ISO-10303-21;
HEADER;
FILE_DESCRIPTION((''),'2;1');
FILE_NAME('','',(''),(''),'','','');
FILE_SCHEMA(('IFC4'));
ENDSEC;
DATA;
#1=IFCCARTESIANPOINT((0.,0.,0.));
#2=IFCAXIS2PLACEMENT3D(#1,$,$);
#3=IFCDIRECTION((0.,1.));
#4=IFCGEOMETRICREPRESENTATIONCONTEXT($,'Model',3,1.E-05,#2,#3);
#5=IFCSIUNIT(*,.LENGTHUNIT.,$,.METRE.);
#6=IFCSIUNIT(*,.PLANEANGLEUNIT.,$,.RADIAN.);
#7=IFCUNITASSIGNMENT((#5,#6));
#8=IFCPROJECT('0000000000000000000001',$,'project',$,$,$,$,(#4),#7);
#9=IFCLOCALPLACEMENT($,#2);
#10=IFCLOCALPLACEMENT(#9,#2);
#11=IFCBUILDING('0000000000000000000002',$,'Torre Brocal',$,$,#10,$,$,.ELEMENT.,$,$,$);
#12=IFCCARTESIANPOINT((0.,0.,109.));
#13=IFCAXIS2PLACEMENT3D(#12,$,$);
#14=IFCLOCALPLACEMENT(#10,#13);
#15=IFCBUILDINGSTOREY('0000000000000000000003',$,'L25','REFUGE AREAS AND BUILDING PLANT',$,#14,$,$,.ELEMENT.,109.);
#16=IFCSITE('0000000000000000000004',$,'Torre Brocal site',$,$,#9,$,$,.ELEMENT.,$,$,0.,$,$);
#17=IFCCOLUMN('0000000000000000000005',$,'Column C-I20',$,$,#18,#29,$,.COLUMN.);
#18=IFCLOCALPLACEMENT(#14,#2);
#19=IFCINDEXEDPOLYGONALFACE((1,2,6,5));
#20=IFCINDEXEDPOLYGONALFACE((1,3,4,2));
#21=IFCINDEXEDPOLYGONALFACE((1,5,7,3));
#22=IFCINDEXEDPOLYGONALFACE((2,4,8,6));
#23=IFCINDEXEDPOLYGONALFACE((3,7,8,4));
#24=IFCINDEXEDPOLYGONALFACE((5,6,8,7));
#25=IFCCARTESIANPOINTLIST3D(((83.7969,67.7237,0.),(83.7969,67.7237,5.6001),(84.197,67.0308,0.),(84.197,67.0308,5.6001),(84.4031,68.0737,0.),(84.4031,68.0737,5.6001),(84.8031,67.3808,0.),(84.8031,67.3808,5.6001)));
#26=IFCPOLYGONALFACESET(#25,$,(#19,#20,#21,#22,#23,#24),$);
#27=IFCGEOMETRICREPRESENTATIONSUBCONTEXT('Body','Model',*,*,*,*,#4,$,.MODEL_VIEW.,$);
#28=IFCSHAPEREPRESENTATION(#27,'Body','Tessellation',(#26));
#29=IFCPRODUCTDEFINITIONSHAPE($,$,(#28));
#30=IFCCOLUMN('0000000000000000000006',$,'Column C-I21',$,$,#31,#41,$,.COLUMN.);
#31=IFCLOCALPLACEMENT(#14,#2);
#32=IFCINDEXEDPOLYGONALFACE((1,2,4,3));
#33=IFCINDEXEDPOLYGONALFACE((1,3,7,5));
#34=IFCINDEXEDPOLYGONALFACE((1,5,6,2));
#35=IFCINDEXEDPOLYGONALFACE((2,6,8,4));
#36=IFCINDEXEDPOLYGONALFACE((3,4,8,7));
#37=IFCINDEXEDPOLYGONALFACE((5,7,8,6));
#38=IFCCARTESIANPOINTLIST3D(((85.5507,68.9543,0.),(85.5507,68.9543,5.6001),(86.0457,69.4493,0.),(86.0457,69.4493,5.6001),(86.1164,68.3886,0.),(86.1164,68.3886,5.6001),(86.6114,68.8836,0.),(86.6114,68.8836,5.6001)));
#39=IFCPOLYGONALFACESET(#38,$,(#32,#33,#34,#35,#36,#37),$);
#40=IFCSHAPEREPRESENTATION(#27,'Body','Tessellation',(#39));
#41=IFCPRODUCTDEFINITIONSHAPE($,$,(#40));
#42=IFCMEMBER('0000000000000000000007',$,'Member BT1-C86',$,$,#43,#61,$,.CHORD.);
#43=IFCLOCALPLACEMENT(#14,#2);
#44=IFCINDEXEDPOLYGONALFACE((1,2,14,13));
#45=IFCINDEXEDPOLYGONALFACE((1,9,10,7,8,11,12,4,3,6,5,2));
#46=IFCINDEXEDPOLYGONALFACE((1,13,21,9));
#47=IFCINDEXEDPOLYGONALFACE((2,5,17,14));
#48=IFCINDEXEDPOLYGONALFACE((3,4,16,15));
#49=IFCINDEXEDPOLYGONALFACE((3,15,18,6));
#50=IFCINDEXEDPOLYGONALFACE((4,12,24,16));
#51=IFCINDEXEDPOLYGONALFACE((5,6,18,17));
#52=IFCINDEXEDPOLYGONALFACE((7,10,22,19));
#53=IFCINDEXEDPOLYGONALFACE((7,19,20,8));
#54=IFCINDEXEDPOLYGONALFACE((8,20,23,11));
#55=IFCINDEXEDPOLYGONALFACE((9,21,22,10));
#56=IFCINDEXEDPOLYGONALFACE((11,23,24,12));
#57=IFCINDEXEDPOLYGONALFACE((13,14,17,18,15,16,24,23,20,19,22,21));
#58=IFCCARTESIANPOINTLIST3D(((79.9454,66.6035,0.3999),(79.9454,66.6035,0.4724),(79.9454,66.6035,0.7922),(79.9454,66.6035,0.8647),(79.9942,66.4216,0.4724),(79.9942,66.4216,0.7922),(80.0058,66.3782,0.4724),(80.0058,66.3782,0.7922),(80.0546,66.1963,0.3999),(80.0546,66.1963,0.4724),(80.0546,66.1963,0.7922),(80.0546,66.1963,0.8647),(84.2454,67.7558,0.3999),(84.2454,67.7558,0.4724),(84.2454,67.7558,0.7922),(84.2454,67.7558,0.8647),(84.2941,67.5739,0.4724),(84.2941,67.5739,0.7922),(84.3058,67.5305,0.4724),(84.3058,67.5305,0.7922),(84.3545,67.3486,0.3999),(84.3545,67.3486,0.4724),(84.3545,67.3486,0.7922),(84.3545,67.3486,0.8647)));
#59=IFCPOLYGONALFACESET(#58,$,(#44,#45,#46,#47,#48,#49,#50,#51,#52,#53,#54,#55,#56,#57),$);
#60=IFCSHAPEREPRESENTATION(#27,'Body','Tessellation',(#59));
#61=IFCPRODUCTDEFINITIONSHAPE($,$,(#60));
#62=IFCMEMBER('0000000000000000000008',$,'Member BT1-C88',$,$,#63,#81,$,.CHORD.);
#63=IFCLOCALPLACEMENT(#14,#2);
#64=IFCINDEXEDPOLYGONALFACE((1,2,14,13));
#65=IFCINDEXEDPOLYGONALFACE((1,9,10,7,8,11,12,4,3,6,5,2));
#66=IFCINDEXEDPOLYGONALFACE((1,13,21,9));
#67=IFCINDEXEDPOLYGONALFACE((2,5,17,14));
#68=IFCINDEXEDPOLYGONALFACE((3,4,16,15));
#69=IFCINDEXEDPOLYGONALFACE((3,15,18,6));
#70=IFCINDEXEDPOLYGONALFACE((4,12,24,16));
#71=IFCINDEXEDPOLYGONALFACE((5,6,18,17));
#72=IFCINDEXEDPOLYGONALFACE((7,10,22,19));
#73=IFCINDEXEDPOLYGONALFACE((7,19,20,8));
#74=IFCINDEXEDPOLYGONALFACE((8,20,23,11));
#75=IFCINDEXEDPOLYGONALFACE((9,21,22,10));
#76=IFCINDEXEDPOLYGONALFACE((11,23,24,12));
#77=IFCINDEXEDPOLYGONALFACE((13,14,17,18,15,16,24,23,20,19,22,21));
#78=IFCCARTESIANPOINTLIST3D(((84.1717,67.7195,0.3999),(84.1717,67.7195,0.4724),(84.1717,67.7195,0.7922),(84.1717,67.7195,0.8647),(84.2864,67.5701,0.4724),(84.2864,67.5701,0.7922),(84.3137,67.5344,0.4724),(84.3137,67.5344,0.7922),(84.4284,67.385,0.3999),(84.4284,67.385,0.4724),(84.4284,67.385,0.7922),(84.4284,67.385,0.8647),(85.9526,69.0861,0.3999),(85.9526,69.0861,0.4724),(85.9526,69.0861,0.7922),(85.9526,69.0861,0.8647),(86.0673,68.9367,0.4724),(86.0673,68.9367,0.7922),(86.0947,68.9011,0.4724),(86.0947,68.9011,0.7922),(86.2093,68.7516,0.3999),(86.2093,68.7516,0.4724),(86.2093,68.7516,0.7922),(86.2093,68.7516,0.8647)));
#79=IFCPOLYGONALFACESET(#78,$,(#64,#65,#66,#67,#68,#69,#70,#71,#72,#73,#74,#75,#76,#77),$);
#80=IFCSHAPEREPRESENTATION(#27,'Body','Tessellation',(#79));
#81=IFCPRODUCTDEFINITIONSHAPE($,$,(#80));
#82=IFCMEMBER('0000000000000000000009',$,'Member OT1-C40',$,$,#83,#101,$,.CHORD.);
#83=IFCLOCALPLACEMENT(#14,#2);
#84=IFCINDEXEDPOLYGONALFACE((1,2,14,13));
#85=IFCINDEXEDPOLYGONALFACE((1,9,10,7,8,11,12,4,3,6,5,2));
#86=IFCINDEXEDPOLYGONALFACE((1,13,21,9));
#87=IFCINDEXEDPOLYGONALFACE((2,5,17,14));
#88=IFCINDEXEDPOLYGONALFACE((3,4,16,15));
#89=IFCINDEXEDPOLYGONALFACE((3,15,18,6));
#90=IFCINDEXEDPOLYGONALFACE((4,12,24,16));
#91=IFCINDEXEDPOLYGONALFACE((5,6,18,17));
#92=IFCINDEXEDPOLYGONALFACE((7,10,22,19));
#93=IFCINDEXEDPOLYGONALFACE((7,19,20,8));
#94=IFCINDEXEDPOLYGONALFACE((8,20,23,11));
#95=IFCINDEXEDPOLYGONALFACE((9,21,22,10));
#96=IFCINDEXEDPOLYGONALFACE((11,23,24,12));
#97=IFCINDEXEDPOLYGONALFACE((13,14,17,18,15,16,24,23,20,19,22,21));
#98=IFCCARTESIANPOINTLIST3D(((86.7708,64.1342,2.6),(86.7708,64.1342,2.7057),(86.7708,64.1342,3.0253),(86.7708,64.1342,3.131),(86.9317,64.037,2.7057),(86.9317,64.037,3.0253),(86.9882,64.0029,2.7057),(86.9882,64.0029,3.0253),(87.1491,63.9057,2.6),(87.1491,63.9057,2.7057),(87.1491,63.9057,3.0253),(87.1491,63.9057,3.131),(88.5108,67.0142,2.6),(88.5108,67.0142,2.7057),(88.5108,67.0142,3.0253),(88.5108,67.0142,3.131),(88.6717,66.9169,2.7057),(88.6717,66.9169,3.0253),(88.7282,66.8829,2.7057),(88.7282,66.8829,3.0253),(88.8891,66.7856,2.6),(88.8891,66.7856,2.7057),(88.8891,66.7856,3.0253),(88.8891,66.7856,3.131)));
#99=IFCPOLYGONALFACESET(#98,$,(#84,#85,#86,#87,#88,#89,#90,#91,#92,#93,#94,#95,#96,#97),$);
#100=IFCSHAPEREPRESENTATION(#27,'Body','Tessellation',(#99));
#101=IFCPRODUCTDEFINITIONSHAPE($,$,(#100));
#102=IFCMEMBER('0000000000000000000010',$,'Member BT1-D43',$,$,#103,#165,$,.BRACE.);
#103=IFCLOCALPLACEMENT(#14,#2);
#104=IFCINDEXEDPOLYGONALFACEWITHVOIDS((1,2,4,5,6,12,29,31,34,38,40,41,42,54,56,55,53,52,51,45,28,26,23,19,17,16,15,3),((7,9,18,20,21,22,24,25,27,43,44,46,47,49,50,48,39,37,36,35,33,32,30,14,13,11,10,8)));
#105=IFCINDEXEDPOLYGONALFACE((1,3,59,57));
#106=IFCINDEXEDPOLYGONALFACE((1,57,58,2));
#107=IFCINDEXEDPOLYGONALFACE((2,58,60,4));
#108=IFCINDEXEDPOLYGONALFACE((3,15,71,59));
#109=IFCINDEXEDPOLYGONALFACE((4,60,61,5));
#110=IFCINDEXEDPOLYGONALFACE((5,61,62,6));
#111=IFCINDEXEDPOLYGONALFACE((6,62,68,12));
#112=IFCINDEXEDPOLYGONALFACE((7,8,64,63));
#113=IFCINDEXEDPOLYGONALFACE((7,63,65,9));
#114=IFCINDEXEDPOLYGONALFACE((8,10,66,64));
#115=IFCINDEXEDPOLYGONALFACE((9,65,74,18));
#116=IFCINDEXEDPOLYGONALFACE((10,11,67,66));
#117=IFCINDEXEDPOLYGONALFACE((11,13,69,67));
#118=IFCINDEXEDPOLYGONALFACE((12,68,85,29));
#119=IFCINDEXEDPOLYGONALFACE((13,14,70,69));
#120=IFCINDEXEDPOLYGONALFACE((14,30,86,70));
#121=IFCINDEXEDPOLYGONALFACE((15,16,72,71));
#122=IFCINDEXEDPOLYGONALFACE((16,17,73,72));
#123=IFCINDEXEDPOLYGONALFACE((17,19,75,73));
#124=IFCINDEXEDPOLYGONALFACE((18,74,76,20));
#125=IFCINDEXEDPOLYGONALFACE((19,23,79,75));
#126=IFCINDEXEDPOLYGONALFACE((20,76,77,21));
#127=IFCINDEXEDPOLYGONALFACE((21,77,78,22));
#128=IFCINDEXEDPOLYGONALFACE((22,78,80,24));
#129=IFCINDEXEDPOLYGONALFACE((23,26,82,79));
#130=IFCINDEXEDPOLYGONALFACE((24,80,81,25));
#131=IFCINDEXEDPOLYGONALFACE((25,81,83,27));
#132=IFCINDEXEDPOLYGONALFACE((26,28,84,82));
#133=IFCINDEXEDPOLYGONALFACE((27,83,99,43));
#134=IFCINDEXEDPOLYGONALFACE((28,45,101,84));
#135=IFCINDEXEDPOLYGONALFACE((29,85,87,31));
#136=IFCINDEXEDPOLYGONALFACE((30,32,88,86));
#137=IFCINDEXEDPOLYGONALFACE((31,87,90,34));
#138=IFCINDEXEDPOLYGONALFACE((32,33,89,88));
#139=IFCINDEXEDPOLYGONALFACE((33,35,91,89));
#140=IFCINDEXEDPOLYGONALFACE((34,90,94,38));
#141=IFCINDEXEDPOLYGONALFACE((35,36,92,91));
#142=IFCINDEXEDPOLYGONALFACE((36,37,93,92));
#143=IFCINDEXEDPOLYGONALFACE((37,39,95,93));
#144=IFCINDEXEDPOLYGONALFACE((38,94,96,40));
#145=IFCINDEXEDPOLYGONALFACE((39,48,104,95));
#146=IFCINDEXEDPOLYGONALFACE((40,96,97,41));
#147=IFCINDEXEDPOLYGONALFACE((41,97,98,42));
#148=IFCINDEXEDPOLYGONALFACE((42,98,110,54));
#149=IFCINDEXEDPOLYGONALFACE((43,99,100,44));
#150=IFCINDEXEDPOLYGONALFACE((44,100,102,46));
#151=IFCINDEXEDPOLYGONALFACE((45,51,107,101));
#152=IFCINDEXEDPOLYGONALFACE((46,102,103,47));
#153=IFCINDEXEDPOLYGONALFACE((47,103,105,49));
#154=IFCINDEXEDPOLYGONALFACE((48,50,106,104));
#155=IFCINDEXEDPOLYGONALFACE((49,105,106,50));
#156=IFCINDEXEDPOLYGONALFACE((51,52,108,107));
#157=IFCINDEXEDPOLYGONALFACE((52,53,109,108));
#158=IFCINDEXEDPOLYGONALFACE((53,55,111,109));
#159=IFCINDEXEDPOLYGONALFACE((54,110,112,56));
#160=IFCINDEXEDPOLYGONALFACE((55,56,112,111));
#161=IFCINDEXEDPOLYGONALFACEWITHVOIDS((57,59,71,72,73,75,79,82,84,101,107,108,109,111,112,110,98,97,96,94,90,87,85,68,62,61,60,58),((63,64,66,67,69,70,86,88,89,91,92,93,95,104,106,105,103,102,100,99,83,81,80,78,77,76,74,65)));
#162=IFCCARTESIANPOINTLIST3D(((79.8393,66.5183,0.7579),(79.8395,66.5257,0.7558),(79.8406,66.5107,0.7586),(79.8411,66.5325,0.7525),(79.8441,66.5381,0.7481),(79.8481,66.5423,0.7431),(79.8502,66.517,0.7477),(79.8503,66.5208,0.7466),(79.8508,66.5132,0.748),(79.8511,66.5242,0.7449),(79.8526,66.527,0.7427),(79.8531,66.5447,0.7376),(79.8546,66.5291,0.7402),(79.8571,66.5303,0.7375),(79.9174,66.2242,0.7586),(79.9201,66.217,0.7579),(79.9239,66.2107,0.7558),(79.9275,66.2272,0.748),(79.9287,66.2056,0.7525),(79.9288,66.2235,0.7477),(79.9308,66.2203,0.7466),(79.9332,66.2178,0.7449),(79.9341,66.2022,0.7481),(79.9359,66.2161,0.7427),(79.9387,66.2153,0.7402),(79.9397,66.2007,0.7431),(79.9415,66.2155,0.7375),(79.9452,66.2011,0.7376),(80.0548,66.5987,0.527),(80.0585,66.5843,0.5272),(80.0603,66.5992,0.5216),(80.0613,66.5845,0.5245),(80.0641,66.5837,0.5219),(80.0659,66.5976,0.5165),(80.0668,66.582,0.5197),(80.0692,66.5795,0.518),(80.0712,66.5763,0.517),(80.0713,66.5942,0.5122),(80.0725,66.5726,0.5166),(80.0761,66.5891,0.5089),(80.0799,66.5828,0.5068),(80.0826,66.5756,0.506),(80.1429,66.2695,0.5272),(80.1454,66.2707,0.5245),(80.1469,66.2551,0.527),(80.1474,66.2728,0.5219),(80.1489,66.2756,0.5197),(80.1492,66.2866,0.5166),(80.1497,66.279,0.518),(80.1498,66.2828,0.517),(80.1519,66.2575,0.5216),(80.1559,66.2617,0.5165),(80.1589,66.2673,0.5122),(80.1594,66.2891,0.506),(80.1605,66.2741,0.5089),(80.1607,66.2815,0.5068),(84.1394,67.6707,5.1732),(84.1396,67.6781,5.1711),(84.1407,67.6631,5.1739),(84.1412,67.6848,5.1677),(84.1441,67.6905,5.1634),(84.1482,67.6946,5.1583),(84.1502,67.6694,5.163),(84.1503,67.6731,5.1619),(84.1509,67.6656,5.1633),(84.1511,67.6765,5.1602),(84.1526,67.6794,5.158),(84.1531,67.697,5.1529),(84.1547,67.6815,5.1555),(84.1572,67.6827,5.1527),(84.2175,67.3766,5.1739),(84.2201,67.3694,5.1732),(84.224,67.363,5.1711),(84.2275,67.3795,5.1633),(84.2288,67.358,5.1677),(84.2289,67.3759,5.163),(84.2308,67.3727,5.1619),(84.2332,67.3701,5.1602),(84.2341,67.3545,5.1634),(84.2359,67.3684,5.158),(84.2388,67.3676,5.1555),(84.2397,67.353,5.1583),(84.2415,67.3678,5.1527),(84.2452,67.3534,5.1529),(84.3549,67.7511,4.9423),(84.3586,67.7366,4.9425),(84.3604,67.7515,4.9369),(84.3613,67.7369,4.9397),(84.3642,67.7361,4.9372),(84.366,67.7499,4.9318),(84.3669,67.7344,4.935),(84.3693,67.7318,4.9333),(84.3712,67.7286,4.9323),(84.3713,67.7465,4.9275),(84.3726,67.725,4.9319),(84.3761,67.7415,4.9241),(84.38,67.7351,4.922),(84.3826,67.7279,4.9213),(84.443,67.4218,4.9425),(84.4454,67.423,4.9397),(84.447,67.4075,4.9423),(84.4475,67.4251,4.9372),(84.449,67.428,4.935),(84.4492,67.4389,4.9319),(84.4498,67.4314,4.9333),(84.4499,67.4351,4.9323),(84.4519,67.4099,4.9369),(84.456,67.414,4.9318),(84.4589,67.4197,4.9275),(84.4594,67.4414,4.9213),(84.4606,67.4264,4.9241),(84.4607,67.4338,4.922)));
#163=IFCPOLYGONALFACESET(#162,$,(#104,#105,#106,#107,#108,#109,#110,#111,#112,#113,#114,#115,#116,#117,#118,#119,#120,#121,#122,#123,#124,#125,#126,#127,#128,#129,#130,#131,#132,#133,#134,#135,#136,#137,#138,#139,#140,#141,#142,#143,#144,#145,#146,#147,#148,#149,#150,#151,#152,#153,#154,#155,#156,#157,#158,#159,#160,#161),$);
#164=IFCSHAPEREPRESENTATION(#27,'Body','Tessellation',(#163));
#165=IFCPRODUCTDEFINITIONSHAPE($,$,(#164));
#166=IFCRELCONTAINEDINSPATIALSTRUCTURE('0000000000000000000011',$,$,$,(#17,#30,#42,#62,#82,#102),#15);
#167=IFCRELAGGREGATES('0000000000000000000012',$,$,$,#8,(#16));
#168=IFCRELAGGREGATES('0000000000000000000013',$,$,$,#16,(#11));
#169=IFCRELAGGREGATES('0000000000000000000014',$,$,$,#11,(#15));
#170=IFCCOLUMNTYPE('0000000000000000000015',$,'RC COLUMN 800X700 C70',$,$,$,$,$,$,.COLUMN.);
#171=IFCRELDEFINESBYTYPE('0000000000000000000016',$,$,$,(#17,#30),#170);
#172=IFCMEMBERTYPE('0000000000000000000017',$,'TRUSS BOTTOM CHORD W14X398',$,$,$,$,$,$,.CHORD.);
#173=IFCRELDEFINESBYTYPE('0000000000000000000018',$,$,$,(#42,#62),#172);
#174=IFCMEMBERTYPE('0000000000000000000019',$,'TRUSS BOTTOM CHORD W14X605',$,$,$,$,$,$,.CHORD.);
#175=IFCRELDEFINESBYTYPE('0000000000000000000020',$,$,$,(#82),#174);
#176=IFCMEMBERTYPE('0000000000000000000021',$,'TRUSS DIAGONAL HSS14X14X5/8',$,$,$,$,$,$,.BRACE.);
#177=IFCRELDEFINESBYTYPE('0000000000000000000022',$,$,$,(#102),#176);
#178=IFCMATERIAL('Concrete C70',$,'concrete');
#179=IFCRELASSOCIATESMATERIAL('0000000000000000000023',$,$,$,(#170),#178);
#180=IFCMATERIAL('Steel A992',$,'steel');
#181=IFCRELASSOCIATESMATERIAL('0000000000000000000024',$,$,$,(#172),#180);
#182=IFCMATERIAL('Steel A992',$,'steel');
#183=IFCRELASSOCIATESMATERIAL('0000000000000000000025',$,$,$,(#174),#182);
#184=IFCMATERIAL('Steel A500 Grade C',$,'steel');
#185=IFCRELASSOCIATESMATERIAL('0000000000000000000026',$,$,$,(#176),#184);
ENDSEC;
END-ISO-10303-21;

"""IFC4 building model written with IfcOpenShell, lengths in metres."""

from ifc_helpers import new_model, si_unit, direction, frame, origin, origin_2d, place, context, subcontext, project, spatial, rectangle, hollow_rectangle, i_section, extrude, material, material_profile, profile_set, type_object, element, save


model = new_model("IFC4")

# Units and contexts
model_context = context("Model", 3, precision=1e-05, world=origin(), true_north=direction((0.0, 1.0)))
body_context = subcontext(model_context, "Body", "Model", "MODEL_VIEW")
ifc_project = project(units=[si_unit("LENGTHUNIT", "METRE"), si_unit("PLANEANGLEUNIT", "RADIAN")], contexts=[model_context])

# Site, building, storey
site_placement = place(None, origin())
site = spatial("IfcSite", under=ifc_project, at=site_placement, Name="Torre Brocal site", CompositionType="ELEMENT", RefElevation=0.0)
building_placement = place(site_placement, origin())
building = spatial("IfcBuilding", under=site, at=building_placement, Name="Torre Brocal", CompositionType="ELEMENT")
storey_placement = place(building_placement, frame((0.0, 0.0, 109.0)))
storey = spatial("IfcBuildingStorey", under=building, at=storey_placement, Name="L25", Description="REFUGE AREAS AND BUILDING PLANT", CompositionType="ELEMENT", Elevation=109.0)

# Columns
ifc_material_1 = material(Name="Concrete C70", Category="concrete")
ifc_material_profile_1 = material_profile(ifc_material_1, rectangle(XDim=0.8, YDim=0.7, at=origin_2d()), Name="RC 800X700")
ifc_profile_set_1 = profile_set([ifc_material_profile_1], Name="Concrete C70")
column_type = type_object("IfcColumnType", Name="RC COLUMN 800X700 C70", PredefinedType="COLUMN", material=ifc_profile_set_1)
for number, where, z_axis, x_axis, name in (
    (1, (84.3, 67.5522, 0.0), (0.0, 0.0, 1.0), (0.5, -0.866025, 0.0), "Column C-I20"),
    (2, (86.0811, 68.9189, 0.0), (0.0, 0.0, 1.0), (0.707107, -0.707107, 0.0), "Column C-I21"),
):
    element("IfcColumn", number, at=place(storey_placement, frame(where, z_axis=z_axis, x_axis=x_axis)), inside=storey, type_object=column_type, Name=name, PredefinedType="COLUMN", context=body_context, shape_type="SweptSolid", body=[
        extrude(rectangle(XDim=0.8, YDim=0.7, at=origin_2d()), origin(), (0.0, 0.0, 1.0), 5.6001),
    ])

# Members
ifc_material_2 = material(Name="Steel A992", Category="steel")
ifc_material_profile_2 = material_profile(ifc_material_2, i_section(OverallWidth=0.4216, OverallDepth=0.4648, WebThickness=0.0449, FlangeThickness=0.0725, at=origin_2d()), Name="W14X398")
ifc_profile_set_2 = profile_set([ifc_material_profile_2], Name="Steel A992")
member_type_1 = type_object("IfcMemberType", Name="TRUSS BOTTOM CHORD W14X398", PredefinedType="CHORD", material=ifc_profile_set_2)
member_1_placement = place(storey_placement, frame((80.0, 66.3999, 0.6323), z_axis=(0.965917, 0.25885, 0.0), x_axis=(-0.25885, 0.965917, 0.0)))
element("IfcMember", 3, at=member_1_placement, inside=storey, type_object=member_type_1, Name="Member BT1-C86", PredefinedType="CHORD", context=body_context, shape_type="SweptSolid", body=[
    extrude(i_section(OverallWidth=0.4216, OverallDepth=0.4648, WebThickness=0.0449, FlangeThickness=0.0725, at=origin_2d()), origin(), (0.0, 0.0, 1.0), 4.4517),
])
member_2_placement = place(storey_placement, frame((84.3, 67.5522, 0.6323), z_axis=(0.793335, 0.608785, 0.0), x_axis=(-0.608785, 0.793335, 0.0)))
element("IfcMember", 4, at=member_2_placement, inside=storey, type_object=member_type_1, Name="Member BT1-C88", PredefinedType="CHORD", context=body_context, shape_type="SweptSolid", body=[
    extrude(i_section(OverallWidth=0.4216, OverallDepth=0.4648, WebThickness=0.0449, FlangeThickness=0.0725, at=origin_2d()), origin(), (0.0, 0.0, 1.0), 2.2449),
])
ifc_material_3 = material(Name="Steel A992", Category="steel")
ifc_material_profile_3 = material_profile(ifc_material_3, i_section(OverallWidth=0.4419, OverallDepth=0.531, WebThickness=0.0659, FlangeThickness=0.1057, at=origin_2d()), Name="W14X605")
ifc_profile_set_3 = profile_set([ifc_material_profile_3], Name="Steel A992")
member_type_2 = type_object("IfcMemberType", Name="TRUSS BOTTOM CHORD W14X605", PredefinedType="CHORD", material=ifc_profile_set_3)
member_3_placement = place(storey_placement, frame((88.7, 66.8999, 2.8655), z_axis=(-0.517129, -0.855908, 0.0), x_axis=(0.855908, -0.517129, 0.0)))
element("IfcMember", 5, at=member_3_placement, inside=storey, type_object=member_type_2, Name="Member OT1-C40", PredefinedType="CHORD", context=body_context, shape_type="SweptSolid", body=[
    extrude(i_section(OverallWidth=0.4419, OverallDepth=0.531, WebThickness=0.0659, FlangeThickness=0.1057, at=origin_2d()), origin(), (0.0, 0.0, 1.0), 3.3647),
])
ifc_material_4 = material(Name="Steel A500 Grade C", Category="steel")
ifc_material_profile_4 = material_profile(ifc_material_4, hollow_rectangle(XDim=0.3557, YDim=0.3557, WallThickness=0.0149, InnerFilletRadius=0.0149, OuterFilletRadius=0.0295, at=origin_2d()), Name="HSS14X14X5/8")
ifc_profile_set_4 = profile_set([ifc_material_profile_4], Name="Steel A500 Grade C")
member_type_3 = type_object("IfcMemberType", Name="TRUSS DIAGONAL HSS14X14X5/8", PredefinedType="BRACE", material=ifc_profile_set_4)
member_4_placement = place(storey_placement, frame((80.0, 66.3999, 0.6323), z_axis=(0.685812, 0.183787, 0.704191), x_axis=(-0.25885, 0.965917, 0.0)))
element("IfcMember", 6, at=member_4_placement, inside=storey, type_object=member_type_3, Name="Member BT1-D43", PredefinedType="BRACE", context=body_context, shape_type="SweptSolid", body=[
    extrude(hollow_rectangle(XDim=0.3557, YDim=0.3557, WallThickness=0.0149, InnerFilletRadius=0.0149, OuterFilletRadius=0.0295, at=origin_2d()), origin(), (0.0, 0.0, 1.0), 6.27),
])

save(model, "model.ifc")
